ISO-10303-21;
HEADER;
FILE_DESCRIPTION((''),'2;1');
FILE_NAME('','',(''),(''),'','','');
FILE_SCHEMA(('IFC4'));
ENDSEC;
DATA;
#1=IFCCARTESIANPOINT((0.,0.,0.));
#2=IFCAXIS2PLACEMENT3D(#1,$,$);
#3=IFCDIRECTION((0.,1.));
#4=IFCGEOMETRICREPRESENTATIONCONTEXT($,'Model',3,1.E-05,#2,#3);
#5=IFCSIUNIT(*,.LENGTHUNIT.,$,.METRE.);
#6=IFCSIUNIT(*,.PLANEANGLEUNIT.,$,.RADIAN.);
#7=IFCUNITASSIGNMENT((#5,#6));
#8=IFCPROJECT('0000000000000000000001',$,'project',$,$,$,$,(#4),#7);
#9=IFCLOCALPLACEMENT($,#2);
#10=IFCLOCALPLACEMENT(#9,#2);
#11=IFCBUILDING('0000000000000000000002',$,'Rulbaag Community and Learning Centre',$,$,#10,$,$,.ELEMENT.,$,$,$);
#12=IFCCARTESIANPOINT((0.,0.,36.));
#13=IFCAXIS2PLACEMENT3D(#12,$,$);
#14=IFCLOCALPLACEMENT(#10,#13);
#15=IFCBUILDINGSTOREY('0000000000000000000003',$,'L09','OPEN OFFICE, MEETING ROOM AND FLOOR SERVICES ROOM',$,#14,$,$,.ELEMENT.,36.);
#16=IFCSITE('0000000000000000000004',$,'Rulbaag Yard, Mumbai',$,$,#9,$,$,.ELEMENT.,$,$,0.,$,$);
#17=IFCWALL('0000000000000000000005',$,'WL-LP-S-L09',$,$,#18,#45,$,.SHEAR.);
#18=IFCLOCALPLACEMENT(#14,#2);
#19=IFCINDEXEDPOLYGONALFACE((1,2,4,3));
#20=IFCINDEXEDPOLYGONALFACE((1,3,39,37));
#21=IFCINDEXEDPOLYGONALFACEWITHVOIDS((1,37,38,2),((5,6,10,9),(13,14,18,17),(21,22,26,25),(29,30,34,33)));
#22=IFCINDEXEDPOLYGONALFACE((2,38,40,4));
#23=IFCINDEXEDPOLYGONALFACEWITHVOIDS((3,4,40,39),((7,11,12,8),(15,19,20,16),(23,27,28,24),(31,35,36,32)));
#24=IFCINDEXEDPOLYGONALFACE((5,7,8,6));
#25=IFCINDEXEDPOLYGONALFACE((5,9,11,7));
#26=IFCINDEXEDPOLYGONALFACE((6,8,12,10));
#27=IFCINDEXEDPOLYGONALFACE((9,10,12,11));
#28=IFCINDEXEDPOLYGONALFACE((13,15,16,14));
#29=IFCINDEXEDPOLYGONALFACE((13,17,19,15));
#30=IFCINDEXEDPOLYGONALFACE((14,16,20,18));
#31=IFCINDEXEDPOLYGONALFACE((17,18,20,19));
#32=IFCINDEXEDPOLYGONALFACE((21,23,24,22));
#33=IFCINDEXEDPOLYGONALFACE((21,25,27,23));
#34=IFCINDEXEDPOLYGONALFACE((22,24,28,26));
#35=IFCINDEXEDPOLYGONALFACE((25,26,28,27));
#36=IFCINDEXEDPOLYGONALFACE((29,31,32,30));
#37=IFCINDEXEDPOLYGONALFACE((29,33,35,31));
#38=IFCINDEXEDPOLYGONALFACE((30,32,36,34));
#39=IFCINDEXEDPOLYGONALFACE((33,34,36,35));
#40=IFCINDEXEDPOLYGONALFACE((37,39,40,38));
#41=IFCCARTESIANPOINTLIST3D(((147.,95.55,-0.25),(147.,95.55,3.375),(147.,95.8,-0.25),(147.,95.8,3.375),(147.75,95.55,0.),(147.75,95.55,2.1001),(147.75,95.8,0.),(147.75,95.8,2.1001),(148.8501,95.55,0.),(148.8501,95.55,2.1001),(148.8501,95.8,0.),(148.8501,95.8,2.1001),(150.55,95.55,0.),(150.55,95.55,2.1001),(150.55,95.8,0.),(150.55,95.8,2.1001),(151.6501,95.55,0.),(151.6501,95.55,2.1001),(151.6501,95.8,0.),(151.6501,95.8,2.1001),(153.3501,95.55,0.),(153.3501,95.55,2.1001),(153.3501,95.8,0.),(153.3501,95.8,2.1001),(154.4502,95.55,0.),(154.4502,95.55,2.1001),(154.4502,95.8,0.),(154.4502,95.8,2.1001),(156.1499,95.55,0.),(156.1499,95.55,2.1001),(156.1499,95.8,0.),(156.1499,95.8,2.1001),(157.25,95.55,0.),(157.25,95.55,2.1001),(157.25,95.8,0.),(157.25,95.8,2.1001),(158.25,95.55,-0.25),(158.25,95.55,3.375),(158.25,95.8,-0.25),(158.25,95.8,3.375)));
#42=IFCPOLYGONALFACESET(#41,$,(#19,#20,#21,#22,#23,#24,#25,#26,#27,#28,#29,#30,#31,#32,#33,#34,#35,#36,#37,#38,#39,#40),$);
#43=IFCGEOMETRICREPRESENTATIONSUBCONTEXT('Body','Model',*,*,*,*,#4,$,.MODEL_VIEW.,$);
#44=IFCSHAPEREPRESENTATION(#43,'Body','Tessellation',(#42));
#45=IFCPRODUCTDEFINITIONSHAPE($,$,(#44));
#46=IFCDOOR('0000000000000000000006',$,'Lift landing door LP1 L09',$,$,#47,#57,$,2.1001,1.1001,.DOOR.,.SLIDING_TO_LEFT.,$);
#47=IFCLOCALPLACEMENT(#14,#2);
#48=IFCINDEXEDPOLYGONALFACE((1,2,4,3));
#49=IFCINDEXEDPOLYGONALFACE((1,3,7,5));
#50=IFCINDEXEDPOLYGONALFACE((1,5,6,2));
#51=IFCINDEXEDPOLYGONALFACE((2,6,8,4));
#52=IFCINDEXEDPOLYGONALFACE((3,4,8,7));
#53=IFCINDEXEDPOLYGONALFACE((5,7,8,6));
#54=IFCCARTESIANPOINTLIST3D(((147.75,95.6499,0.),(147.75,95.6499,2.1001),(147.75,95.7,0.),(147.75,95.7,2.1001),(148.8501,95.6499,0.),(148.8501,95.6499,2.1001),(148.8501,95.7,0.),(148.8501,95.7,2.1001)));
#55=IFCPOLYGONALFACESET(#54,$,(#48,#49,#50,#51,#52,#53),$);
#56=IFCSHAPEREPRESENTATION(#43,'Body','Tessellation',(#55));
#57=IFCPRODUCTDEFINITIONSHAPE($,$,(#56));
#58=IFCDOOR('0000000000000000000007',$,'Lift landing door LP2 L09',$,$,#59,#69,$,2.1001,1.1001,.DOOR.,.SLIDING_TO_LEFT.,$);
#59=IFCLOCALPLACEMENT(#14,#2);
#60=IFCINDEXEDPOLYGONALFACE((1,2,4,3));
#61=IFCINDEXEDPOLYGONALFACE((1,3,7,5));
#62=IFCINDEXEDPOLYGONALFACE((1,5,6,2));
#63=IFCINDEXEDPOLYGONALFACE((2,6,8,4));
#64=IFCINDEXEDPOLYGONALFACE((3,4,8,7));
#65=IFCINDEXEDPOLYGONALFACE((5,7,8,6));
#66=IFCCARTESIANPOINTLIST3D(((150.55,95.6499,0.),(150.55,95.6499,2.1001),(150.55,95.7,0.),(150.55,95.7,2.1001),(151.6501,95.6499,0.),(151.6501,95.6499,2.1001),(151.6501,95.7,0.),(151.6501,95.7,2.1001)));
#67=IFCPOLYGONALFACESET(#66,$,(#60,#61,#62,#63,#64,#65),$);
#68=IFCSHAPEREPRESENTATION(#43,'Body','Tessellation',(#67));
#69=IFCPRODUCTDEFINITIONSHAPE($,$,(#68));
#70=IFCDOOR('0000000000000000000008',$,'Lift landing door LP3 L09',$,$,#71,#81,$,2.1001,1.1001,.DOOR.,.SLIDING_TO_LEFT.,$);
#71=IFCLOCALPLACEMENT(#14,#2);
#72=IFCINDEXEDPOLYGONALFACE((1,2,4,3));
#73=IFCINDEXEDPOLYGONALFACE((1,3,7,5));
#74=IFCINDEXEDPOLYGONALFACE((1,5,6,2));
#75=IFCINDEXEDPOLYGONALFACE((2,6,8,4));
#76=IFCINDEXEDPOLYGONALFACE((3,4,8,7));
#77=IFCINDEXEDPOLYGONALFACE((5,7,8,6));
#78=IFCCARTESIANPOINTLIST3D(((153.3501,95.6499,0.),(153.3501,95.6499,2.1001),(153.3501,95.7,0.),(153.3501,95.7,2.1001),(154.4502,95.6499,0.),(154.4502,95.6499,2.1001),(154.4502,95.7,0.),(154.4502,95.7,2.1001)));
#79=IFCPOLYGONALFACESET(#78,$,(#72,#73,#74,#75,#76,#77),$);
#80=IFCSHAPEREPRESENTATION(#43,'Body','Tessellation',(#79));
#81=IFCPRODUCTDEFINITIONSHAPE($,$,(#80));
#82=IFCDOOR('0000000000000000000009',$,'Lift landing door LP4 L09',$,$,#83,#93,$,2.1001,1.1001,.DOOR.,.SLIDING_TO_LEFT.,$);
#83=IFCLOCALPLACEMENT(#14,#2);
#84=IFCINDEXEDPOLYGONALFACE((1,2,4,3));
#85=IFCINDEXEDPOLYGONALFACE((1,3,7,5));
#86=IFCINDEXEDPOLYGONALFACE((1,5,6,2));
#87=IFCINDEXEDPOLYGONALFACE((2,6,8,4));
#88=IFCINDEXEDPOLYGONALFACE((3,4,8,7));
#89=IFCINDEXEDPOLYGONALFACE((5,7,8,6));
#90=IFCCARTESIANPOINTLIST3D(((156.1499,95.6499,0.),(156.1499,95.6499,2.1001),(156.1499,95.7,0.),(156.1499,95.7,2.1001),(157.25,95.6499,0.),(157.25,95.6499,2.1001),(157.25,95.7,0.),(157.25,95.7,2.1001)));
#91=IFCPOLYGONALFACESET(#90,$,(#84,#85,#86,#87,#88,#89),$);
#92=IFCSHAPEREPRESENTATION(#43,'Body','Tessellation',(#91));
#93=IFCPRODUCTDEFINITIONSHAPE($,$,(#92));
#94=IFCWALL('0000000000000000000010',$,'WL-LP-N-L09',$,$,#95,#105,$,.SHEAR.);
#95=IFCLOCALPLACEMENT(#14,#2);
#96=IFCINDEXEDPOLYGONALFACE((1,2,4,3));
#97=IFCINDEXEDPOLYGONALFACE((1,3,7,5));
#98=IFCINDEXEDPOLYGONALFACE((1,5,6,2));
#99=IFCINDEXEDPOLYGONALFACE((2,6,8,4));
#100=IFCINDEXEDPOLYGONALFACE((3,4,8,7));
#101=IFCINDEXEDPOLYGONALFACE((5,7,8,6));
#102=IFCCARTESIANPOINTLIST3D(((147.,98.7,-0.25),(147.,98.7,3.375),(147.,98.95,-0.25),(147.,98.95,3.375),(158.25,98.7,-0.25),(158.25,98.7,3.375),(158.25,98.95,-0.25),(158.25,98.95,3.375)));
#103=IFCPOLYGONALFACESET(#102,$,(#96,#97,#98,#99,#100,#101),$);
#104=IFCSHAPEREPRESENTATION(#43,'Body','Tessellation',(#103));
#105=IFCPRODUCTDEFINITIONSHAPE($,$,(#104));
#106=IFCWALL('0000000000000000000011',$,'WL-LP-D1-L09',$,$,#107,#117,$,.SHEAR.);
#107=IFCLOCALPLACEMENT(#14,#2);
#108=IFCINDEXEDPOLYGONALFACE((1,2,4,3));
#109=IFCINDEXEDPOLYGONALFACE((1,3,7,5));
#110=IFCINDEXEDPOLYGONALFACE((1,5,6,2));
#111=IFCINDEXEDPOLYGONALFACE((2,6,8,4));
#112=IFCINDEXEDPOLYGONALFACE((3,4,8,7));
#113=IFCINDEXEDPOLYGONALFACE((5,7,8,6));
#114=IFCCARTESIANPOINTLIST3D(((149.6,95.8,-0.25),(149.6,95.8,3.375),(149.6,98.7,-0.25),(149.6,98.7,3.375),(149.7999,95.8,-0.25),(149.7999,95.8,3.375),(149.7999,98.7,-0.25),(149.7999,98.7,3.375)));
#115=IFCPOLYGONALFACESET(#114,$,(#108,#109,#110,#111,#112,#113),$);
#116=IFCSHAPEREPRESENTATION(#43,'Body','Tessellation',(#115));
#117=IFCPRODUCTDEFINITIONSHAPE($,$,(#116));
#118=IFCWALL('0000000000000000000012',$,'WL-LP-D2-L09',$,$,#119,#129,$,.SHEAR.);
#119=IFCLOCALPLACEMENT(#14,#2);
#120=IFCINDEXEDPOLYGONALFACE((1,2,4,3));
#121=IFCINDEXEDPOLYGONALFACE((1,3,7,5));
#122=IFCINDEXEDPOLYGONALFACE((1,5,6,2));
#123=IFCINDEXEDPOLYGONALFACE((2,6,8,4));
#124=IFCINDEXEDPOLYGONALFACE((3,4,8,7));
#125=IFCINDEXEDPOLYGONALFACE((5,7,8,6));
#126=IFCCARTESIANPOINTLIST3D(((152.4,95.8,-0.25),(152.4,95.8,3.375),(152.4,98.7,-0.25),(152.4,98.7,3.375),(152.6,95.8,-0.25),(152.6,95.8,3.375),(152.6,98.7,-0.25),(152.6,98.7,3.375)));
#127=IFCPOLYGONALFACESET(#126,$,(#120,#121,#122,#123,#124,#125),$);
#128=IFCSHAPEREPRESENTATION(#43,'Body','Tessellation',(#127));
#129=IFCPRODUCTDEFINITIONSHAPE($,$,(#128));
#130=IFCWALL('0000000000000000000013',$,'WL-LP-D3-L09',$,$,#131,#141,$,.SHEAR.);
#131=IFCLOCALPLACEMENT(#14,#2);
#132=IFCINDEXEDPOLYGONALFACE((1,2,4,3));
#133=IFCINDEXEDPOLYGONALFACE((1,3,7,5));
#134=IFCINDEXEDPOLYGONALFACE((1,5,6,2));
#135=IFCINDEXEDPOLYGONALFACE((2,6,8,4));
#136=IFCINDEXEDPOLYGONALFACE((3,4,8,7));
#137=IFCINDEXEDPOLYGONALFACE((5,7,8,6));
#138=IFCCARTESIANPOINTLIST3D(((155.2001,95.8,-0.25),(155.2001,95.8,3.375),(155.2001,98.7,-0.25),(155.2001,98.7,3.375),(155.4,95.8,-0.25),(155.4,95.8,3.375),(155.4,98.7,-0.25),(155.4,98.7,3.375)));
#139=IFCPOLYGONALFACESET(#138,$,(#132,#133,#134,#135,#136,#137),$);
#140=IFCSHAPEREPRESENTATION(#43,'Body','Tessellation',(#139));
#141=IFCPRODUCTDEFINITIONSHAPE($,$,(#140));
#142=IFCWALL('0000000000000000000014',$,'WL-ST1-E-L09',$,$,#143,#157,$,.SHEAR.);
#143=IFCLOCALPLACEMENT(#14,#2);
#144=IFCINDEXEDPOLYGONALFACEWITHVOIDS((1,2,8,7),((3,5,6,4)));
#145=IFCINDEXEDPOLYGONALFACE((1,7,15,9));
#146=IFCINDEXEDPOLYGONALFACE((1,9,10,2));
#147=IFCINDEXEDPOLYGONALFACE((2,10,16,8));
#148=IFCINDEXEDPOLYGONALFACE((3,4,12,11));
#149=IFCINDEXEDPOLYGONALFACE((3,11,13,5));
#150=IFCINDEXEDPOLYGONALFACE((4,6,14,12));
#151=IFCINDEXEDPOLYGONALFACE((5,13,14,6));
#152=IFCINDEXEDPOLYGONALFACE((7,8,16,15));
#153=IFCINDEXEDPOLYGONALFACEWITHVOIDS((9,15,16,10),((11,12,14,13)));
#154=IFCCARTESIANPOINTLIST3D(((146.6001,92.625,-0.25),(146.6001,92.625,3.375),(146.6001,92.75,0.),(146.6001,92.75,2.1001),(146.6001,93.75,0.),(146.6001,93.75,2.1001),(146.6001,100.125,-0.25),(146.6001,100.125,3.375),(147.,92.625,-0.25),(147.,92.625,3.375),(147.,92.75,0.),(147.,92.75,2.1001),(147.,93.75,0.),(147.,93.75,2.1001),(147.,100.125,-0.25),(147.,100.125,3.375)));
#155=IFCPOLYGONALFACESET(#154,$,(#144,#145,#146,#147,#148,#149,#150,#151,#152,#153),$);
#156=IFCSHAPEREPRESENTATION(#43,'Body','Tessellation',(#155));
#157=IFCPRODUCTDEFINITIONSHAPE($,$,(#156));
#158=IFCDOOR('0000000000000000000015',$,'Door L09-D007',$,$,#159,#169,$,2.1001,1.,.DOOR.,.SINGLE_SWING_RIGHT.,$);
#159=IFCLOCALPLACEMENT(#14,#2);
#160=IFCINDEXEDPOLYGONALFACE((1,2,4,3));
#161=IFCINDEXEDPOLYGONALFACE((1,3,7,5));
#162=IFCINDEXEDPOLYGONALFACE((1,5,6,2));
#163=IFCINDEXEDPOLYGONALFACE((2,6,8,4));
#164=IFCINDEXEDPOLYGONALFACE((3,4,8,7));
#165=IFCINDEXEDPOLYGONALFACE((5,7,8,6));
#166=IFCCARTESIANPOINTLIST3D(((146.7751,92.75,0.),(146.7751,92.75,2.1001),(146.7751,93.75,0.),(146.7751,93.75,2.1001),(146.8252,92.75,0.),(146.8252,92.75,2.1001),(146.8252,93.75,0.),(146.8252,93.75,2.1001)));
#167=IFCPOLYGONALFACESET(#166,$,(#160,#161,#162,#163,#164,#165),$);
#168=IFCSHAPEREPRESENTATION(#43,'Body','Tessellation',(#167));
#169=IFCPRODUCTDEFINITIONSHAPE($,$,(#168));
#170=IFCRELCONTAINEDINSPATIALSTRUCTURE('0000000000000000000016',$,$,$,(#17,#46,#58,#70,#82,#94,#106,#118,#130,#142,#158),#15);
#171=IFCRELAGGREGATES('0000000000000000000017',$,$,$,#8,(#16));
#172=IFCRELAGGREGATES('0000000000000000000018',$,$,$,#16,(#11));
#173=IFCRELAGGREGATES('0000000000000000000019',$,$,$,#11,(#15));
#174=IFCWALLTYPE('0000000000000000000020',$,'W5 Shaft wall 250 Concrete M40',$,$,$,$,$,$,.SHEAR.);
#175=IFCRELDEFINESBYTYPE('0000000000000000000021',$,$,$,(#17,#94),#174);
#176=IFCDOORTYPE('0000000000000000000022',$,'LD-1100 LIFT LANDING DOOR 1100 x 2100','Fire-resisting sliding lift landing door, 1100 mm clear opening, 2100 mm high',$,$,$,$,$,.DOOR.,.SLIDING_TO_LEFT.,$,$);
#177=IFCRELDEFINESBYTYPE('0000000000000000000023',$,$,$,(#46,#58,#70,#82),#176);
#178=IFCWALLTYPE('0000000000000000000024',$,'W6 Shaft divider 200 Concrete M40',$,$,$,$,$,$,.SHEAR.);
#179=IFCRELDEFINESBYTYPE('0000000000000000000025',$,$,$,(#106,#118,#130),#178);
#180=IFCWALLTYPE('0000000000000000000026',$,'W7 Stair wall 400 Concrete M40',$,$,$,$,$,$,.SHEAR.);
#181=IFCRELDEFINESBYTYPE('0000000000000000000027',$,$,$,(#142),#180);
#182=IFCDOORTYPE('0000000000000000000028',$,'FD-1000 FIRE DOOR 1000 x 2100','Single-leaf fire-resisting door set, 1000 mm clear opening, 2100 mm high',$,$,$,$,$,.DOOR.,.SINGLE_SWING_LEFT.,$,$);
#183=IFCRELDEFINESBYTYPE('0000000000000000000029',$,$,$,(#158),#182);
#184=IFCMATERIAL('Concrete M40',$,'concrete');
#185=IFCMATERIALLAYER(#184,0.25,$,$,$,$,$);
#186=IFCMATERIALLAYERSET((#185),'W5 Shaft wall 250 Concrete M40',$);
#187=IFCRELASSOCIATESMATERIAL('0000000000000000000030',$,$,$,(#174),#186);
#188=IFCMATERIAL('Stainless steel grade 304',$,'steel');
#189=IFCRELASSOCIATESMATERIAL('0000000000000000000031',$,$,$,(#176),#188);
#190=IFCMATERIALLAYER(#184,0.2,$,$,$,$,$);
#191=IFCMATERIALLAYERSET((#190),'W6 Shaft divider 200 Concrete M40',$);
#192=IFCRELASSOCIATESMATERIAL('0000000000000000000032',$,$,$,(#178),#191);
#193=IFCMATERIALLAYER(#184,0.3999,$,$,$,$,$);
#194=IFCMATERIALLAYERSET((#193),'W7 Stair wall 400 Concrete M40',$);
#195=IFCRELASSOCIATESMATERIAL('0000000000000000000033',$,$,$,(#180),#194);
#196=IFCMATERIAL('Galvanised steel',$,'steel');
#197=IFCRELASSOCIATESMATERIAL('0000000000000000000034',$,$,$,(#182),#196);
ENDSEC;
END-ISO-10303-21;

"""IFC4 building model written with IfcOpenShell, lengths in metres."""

from ifc_helpers import new_model, si_unit, direction, frame, frame_2d, origin, place, context, subcontext, project, spatial, rectangle, extrude, material, layer, layer_set, type_object, element, fill, save


model = new_model("IFC4")

# Units and contexts
model_context = context("Model", 3, precision=1e-05, world=origin(), true_north=direction((0.0, 1.0)))
body_context = subcontext(model_context, "Body", "Model", "MODEL_VIEW")
ifc_project = project(units=[si_unit("LENGTHUNIT", "METRE"), si_unit("PLANEANGLEUNIT", "RADIAN")], contexts=[model_context])

# Site, building, storey
site_placement = place(None, origin())
site = spatial("IfcSite", under=ifc_project, at=site_placement, Name="Rulbaag Yard, Mumbai", CompositionType="ELEMENT", RefElevation=0.0)
building_placement = place(site_placement, origin())
building = spatial("IfcBuilding", under=site, at=building_placement, Name="Rulbaag Community and Learning Centre", CompositionType="ELEMENT")
storey_placement = place(building_placement, frame((0.0, 0.0, 36.0)))
storey = spatial("IfcBuildingStorey", under=building, at=storey_placement, Name="L09", Description="OPEN OFFICE, MEETING ROOM AND FLOOR SERVICES ROOM", CompositionType="ELEMENT", Elevation=36.0)

# Shared definitions
ifc_material_1 = material(Name="Concrete M40", Category="concrete")

# Wall, openings, doors
ifc_layer_1 = layer(ifc_material_1, 0.25)
ifc_layer_set_1 = layer_set([ifc_layer_1], Name="W5 Shaft wall 250 Concrete M40")
wall_type_1 = type_object("IfcWallType", Name="W5 Shaft wall 250 Concrete M40", PredefinedType="SHEAR", material=ifc_layer_set_1)
wall_1_placement = place(storey_placement, frame((147.0, 95.675, -0.25), z_axis=(0.0, 0.0, 1.0), x_axis=(1.0, 0.0, 0.0)))
wall_1 = element("IfcWall", 1, at=wall_1_placement, inside=storey, type_object=wall_type_1, Name="WL-LP-S-L09", PredefinedType="SHEAR", context=body_context, shape_type="SweptSolid", body=[
    extrude(rectangle(XDim=11.25, YDim=0.25, at=frame_2d((5.625, 0.0))), origin(), (0.0, 0.0, 1.0), 3.625),
])
opening_1_placement = place(wall_1_placement, frame((0.75, 0.0, 0.25)))
opening_1 = element("IfcOpeningElement", 2, at=opening_1_placement, cuts=wall_1, PredefinedType="OPENING", context=body_context, shape_type="SweptSolid", body=[
    extrude(rectangle(XDim=1.1001, YDim=2.1001, at=frame_2d((0.55, 1.05))), frame((0.0, 0.135, 0.0), z_axis=(0.0, -1.0, 0.0), x_axis=(1.0, 0.0, 0.0)), (0.0, 0.0, 1.0), 0.27),
])
opening_2_placement = place(wall_1_placement, frame((3.55, 0.0, 0.25)))
opening_2 = element("IfcOpeningElement", 3, at=opening_2_placement, cuts=wall_1, PredefinedType="OPENING", context=body_context, shape_type="SweptSolid", body=[
    extrude(rectangle(XDim=1.1001, YDim=2.1001, at=frame_2d((0.55, 1.05))), frame((0.0, 0.135, 0.0), z_axis=(0.0, -1.0, 0.0), x_axis=(1.0, 0.0, 0.0)), (0.0, 0.0, 1.0), 0.27),
])
opening_3_placement = place(wall_1_placement, frame((6.3501, 0.0, 0.25)))
opening_3 = element("IfcOpeningElement", 4, at=opening_3_placement, cuts=wall_1, PredefinedType="OPENING", context=body_context, shape_type="SweptSolid", body=[
    extrude(rectangle(XDim=1.1001, YDim=2.1001, at=frame_2d((0.55, 1.05))), frame((0.0, 0.135, 0.0), z_axis=(0.0, -1.0, 0.0), x_axis=(1.0, 0.0, 0.0)), (0.0, 0.0, 1.0), 0.27),
])
opening_4_placement = place(wall_1_placement, frame((9.1499, 0.0, 0.25)))
opening_4 = element("IfcOpeningElement", 5, at=opening_4_placement, cuts=wall_1, PredefinedType="OPENING", context=body_context, shape_type="SweptSolid", body=[
    extrude(rectangle(XDim=1.1001, YDim=2.1001, at=frame_2d((0.55, 1.05))), frame((0.0, 0.135, 0.0), z_axis=(0.0, -1.0, 0.0), x_axis=(1.0, 0.0, 0.0)), (0.0, 0.0, 1.0), 0.27),
])
ifc_material_2 = material(Name="Stainless steel grade 304", Category="steel")
door_type_1 = type_object("IfcDoorType", Name="LD-1100 LIFT LANDING DOOR 1100 x 2100", Description="Fire-resisting sliding lift landing door, 1100 mm clear opening, 2100 mm high", OperationType="SLIDING_TO_LEFT", PredefinedType="DOOR", material=ifc_material_2)
door_1_placement = place(opening_1_placement, origin())
door_1 = element("IfcDoor", 6, at=door_1_placement, inside=storey, type_object=door_type_1, Name="Lift landing door LP1 L09", OperationType="SLIDING_TO_LEFT", OverallHeight=2.1001, OverallWidth=1.1001, PredefinedType="DOOR", context=body_context, shape_type="SweptSolid", body=[
    extrude(rectangle(XDim=1.1001, YDim=2.1001, at=frame_2d((0.55, 1.05))), frame((0.0, 0.0249, 0.0), z_axis=(0.0, -1.0, 0.0), x_axis=(1.0, 0.0, 0.0)), (0.0, 0.0, 1.0), 0.05),
])
fill(opening_1, door_1)
door_2_placement = place(opening_2_placement, origin())
door_2 = element("IfcDoor", 7, at=door_2_placement, inside=storey, type_object=door_type_1, Name="Lift landing door LP2 L09", OperationType="SLIDING_TO_LEFT", OverallHeight=2.1001, OverallWidth=1.1001, PredefinedType="DOOR", context=body_context, shape_type="SweptSolid", body=[
    extrude(rectangle(XDim=1.1001, YDim=2.1001, at=frame_2d((0.55, 1.05))), frame((0.0, 0.0249, 0.0), z_axis=(0.0, -1.0, 0.0), x_axis=(1.0, 0.0, 0.0)), (0.0, 0.0, 1.0), 0.05),
])
fill(opening_2, door_2)
door_3_placement = place(opening_3_placement, origin())
door_3 = element("IfcDoor", 8, at=door_3_placement, inside=storey, type_object=door_type_1, Name="Lift landing door LP3 L09", OperationType="SLIDING_TO_LEFT", OverallHeight=2.1001, OverallWidth=1.1001, PredefinedType="DOOR", context=body_context, shape_type="SweptSolid", body=[
    extrude(rectangle(XDim=1.1001, YDim=2.1001, at=frame_2d((0.55, 1.05))), frame((0.0, 0.0249, 0.0), z_axis=(0.0, -1.0, 0.0), x_axis=(1.0, 0.0, 0.0)), (0.0, 0.0, 1.0), 0.05),
])
fill(opening_3, door_3)
door_4_placement = place(opening_4_placement, origin())
door_4 = element("IfcDoor", 9, at=door_4_placement, inside=storey, type_object=door_type_1, Name="Lift landing door LP4 L09", OperationType="SLIDING_TO_LEFT", OverallHeight=2.1001, OverallWidth=1.1001, PredefinedType="DOOR", context=body_context, shape_type="SweptSolid", body=[
    extrude(rectangle(XDim=1.1001, YDim=2.1001, at=frame_2d((0.55, 1.05))), frame((0.0, 0.0249, 0.0), z_axis=(0.0, -1.0, 0.0), x_axis=(1.0, 0.0, 0.0)), (0.0, 0.0, 1.0), 0.05),
])
fill(opening_4, door_4)

# Walls
wall_2_placement = place(storey_placement, frame((147.0, 98.825, -0.25), z_axis=(0.0, 0.0, 1.0), x_axis=(1.0, 0.0, 0.0)))
element("IfcWall", 10, at=wall_2_placement, inside=storey, type_object=wall_type_1, Name="WL-LP-N-L09", PredefinedType="SHEAR", context=body_context, shape_type="SweptSolid", body=[
    extrude(rectangle(XDim=11.25, YDim=0.25, at=frame_2d((5.625, 0.0))), origin(), (0.0, 0.0, 1.0), 3.625),
])
ifc_layer_2 = layer(ifc_material_1, 0.2)
ifc_layer_set_2 = layer_set([ifc_layer_2], Name="W6 Shaft divider 200 Concrete M40")
wall_type_2 = type_object("IfcWallType", Name="W6 Shaft divider 200 Concrete M40", PredefinedType="SHEAR", material=ifc_layer_set_2)
for number, where, z_axis, x_axis, name in (
    (11, (149.7, 95.8, -0.25), (0.0, 0.0, 1.0), (0.0, 1.0, 0.0), "WL-LP-D1-L09"),
    (12, (152.5, 95.8, -0.25), (0.0, 0.0, 1.0), (0.0, 1.0, 0.0), "WL-LP-D2-L09"),
    (13, (155.3, 95.8, -0.25), (0.0, 0.0, 1.0), (0.0, 1.0, 0.0), "WL-LP-D3-L09"),
):
    element("IfcWall", number, at=place(storey_placement, frame(where, z_axis=z_axis, x_axis=x_axis)), inside=storey, type_object=wall_type_2, Name=name, PredefinedType="SHEAR", context=body_context, shape_type="SweptSolid", body=[
        extrude(rectangle(XDim=2.8999, YDim=0.2, at=frame_2d((1.45, 0.0))), origin(), (0.0, 0.0, 1.0), 3.625),
    ])

# Wall, opening, door
ifc_layer_3 = layer(ifc_material_1, 0.3999)
ifc_layer_set_3 = layer_set([ifc_layer_3], Name="W7 Stair wall 400 Concrete M40")
wall_type_3 = type_object("IfcWallType", Name="W7 Stair wall 400 Concrete M40", PredefinedType="SHEAR", material=ifc_layer_set_3)
wall_3_placement = place(storey_placement, frame((146.8, 92.625, -0.25), z_axis=(0.0, 0.0, 1.0), x_axis=(0.0, 1.0, 0.0)))
wall_3 = element("IfcWall", 14, at=wall_3_placement, inside=storey, type_object=wall_type_3, Name="WL-ST1-E-L09", PredefinedType="SHEAR", context=body_context, shape_type="SweptSolid", body=[
    extrude(rectangle(XDim=7.5, YDim=0.3999, at=frame_2d((3.75, 0.0))), origin(), (0.0, 0.0, 1.0), 3.625),
])
opening_5_placement = place(wall_3_placement, frame((0.125, 0.0, 0.25)))
opening_5 = element("IfcOpeningElement", 15, at=opening_5_placement, cuts=wall_3, PredefinedType="OPENING", context=body_context, shape_type="SweptSolid", body=[
    extrude(rectangle(XDim=1.0, YDim=2.1001, at=frame_2d((0.5, 1.05))), frame((0.0, 0.21, 0.0), z_axis=(0.0, -1.0, 0.0), x_axis=(1.0, 0.0, 0.0)), (0.0, 0.0, 1.0), 0.4199),
])
ifc_material_3 = material(Name="Galvanised steel", Category="steel")
door_type_2 = type_object("IfcDoorType", Name="FD-1000 FIRE DOOR 1000 x 2100", Description="Single-leaf fire-resisting door set, 1000 mm clear opening, 2100 mm high", OperationType="SINGLE_SWING_LEFT", PredefinedType="DOOR", material=ifc_material_3)
door_5_placement = place(opening_5_placement, origin())
door_5 = element("IfcDoor", 16, at=door_5_placement, inside=storey, type_object=door_type_2, Name="Door L09-D007", OperationType="SINGLE_SWING_RIGHT", OverallHeight=2.1001, OverallWidth=1.0, PredefinedType="DOOR", context=body_context, shape_type="SweptSolid", body=[
    extrude(rectangle(XDim=1.0, YDim=2.1001, at=frame_2d((0.5, 1.05))), frame((0.0, 0.0249, 0.0), z_axis=(0.0, -1.0, 0.0), x_axis=(1.0, 0.0, 0.0)), (0.0, 0.0, 1.0), 0.05),
])
fill(opening_5, door_5)

save(model, "model.ifc")
